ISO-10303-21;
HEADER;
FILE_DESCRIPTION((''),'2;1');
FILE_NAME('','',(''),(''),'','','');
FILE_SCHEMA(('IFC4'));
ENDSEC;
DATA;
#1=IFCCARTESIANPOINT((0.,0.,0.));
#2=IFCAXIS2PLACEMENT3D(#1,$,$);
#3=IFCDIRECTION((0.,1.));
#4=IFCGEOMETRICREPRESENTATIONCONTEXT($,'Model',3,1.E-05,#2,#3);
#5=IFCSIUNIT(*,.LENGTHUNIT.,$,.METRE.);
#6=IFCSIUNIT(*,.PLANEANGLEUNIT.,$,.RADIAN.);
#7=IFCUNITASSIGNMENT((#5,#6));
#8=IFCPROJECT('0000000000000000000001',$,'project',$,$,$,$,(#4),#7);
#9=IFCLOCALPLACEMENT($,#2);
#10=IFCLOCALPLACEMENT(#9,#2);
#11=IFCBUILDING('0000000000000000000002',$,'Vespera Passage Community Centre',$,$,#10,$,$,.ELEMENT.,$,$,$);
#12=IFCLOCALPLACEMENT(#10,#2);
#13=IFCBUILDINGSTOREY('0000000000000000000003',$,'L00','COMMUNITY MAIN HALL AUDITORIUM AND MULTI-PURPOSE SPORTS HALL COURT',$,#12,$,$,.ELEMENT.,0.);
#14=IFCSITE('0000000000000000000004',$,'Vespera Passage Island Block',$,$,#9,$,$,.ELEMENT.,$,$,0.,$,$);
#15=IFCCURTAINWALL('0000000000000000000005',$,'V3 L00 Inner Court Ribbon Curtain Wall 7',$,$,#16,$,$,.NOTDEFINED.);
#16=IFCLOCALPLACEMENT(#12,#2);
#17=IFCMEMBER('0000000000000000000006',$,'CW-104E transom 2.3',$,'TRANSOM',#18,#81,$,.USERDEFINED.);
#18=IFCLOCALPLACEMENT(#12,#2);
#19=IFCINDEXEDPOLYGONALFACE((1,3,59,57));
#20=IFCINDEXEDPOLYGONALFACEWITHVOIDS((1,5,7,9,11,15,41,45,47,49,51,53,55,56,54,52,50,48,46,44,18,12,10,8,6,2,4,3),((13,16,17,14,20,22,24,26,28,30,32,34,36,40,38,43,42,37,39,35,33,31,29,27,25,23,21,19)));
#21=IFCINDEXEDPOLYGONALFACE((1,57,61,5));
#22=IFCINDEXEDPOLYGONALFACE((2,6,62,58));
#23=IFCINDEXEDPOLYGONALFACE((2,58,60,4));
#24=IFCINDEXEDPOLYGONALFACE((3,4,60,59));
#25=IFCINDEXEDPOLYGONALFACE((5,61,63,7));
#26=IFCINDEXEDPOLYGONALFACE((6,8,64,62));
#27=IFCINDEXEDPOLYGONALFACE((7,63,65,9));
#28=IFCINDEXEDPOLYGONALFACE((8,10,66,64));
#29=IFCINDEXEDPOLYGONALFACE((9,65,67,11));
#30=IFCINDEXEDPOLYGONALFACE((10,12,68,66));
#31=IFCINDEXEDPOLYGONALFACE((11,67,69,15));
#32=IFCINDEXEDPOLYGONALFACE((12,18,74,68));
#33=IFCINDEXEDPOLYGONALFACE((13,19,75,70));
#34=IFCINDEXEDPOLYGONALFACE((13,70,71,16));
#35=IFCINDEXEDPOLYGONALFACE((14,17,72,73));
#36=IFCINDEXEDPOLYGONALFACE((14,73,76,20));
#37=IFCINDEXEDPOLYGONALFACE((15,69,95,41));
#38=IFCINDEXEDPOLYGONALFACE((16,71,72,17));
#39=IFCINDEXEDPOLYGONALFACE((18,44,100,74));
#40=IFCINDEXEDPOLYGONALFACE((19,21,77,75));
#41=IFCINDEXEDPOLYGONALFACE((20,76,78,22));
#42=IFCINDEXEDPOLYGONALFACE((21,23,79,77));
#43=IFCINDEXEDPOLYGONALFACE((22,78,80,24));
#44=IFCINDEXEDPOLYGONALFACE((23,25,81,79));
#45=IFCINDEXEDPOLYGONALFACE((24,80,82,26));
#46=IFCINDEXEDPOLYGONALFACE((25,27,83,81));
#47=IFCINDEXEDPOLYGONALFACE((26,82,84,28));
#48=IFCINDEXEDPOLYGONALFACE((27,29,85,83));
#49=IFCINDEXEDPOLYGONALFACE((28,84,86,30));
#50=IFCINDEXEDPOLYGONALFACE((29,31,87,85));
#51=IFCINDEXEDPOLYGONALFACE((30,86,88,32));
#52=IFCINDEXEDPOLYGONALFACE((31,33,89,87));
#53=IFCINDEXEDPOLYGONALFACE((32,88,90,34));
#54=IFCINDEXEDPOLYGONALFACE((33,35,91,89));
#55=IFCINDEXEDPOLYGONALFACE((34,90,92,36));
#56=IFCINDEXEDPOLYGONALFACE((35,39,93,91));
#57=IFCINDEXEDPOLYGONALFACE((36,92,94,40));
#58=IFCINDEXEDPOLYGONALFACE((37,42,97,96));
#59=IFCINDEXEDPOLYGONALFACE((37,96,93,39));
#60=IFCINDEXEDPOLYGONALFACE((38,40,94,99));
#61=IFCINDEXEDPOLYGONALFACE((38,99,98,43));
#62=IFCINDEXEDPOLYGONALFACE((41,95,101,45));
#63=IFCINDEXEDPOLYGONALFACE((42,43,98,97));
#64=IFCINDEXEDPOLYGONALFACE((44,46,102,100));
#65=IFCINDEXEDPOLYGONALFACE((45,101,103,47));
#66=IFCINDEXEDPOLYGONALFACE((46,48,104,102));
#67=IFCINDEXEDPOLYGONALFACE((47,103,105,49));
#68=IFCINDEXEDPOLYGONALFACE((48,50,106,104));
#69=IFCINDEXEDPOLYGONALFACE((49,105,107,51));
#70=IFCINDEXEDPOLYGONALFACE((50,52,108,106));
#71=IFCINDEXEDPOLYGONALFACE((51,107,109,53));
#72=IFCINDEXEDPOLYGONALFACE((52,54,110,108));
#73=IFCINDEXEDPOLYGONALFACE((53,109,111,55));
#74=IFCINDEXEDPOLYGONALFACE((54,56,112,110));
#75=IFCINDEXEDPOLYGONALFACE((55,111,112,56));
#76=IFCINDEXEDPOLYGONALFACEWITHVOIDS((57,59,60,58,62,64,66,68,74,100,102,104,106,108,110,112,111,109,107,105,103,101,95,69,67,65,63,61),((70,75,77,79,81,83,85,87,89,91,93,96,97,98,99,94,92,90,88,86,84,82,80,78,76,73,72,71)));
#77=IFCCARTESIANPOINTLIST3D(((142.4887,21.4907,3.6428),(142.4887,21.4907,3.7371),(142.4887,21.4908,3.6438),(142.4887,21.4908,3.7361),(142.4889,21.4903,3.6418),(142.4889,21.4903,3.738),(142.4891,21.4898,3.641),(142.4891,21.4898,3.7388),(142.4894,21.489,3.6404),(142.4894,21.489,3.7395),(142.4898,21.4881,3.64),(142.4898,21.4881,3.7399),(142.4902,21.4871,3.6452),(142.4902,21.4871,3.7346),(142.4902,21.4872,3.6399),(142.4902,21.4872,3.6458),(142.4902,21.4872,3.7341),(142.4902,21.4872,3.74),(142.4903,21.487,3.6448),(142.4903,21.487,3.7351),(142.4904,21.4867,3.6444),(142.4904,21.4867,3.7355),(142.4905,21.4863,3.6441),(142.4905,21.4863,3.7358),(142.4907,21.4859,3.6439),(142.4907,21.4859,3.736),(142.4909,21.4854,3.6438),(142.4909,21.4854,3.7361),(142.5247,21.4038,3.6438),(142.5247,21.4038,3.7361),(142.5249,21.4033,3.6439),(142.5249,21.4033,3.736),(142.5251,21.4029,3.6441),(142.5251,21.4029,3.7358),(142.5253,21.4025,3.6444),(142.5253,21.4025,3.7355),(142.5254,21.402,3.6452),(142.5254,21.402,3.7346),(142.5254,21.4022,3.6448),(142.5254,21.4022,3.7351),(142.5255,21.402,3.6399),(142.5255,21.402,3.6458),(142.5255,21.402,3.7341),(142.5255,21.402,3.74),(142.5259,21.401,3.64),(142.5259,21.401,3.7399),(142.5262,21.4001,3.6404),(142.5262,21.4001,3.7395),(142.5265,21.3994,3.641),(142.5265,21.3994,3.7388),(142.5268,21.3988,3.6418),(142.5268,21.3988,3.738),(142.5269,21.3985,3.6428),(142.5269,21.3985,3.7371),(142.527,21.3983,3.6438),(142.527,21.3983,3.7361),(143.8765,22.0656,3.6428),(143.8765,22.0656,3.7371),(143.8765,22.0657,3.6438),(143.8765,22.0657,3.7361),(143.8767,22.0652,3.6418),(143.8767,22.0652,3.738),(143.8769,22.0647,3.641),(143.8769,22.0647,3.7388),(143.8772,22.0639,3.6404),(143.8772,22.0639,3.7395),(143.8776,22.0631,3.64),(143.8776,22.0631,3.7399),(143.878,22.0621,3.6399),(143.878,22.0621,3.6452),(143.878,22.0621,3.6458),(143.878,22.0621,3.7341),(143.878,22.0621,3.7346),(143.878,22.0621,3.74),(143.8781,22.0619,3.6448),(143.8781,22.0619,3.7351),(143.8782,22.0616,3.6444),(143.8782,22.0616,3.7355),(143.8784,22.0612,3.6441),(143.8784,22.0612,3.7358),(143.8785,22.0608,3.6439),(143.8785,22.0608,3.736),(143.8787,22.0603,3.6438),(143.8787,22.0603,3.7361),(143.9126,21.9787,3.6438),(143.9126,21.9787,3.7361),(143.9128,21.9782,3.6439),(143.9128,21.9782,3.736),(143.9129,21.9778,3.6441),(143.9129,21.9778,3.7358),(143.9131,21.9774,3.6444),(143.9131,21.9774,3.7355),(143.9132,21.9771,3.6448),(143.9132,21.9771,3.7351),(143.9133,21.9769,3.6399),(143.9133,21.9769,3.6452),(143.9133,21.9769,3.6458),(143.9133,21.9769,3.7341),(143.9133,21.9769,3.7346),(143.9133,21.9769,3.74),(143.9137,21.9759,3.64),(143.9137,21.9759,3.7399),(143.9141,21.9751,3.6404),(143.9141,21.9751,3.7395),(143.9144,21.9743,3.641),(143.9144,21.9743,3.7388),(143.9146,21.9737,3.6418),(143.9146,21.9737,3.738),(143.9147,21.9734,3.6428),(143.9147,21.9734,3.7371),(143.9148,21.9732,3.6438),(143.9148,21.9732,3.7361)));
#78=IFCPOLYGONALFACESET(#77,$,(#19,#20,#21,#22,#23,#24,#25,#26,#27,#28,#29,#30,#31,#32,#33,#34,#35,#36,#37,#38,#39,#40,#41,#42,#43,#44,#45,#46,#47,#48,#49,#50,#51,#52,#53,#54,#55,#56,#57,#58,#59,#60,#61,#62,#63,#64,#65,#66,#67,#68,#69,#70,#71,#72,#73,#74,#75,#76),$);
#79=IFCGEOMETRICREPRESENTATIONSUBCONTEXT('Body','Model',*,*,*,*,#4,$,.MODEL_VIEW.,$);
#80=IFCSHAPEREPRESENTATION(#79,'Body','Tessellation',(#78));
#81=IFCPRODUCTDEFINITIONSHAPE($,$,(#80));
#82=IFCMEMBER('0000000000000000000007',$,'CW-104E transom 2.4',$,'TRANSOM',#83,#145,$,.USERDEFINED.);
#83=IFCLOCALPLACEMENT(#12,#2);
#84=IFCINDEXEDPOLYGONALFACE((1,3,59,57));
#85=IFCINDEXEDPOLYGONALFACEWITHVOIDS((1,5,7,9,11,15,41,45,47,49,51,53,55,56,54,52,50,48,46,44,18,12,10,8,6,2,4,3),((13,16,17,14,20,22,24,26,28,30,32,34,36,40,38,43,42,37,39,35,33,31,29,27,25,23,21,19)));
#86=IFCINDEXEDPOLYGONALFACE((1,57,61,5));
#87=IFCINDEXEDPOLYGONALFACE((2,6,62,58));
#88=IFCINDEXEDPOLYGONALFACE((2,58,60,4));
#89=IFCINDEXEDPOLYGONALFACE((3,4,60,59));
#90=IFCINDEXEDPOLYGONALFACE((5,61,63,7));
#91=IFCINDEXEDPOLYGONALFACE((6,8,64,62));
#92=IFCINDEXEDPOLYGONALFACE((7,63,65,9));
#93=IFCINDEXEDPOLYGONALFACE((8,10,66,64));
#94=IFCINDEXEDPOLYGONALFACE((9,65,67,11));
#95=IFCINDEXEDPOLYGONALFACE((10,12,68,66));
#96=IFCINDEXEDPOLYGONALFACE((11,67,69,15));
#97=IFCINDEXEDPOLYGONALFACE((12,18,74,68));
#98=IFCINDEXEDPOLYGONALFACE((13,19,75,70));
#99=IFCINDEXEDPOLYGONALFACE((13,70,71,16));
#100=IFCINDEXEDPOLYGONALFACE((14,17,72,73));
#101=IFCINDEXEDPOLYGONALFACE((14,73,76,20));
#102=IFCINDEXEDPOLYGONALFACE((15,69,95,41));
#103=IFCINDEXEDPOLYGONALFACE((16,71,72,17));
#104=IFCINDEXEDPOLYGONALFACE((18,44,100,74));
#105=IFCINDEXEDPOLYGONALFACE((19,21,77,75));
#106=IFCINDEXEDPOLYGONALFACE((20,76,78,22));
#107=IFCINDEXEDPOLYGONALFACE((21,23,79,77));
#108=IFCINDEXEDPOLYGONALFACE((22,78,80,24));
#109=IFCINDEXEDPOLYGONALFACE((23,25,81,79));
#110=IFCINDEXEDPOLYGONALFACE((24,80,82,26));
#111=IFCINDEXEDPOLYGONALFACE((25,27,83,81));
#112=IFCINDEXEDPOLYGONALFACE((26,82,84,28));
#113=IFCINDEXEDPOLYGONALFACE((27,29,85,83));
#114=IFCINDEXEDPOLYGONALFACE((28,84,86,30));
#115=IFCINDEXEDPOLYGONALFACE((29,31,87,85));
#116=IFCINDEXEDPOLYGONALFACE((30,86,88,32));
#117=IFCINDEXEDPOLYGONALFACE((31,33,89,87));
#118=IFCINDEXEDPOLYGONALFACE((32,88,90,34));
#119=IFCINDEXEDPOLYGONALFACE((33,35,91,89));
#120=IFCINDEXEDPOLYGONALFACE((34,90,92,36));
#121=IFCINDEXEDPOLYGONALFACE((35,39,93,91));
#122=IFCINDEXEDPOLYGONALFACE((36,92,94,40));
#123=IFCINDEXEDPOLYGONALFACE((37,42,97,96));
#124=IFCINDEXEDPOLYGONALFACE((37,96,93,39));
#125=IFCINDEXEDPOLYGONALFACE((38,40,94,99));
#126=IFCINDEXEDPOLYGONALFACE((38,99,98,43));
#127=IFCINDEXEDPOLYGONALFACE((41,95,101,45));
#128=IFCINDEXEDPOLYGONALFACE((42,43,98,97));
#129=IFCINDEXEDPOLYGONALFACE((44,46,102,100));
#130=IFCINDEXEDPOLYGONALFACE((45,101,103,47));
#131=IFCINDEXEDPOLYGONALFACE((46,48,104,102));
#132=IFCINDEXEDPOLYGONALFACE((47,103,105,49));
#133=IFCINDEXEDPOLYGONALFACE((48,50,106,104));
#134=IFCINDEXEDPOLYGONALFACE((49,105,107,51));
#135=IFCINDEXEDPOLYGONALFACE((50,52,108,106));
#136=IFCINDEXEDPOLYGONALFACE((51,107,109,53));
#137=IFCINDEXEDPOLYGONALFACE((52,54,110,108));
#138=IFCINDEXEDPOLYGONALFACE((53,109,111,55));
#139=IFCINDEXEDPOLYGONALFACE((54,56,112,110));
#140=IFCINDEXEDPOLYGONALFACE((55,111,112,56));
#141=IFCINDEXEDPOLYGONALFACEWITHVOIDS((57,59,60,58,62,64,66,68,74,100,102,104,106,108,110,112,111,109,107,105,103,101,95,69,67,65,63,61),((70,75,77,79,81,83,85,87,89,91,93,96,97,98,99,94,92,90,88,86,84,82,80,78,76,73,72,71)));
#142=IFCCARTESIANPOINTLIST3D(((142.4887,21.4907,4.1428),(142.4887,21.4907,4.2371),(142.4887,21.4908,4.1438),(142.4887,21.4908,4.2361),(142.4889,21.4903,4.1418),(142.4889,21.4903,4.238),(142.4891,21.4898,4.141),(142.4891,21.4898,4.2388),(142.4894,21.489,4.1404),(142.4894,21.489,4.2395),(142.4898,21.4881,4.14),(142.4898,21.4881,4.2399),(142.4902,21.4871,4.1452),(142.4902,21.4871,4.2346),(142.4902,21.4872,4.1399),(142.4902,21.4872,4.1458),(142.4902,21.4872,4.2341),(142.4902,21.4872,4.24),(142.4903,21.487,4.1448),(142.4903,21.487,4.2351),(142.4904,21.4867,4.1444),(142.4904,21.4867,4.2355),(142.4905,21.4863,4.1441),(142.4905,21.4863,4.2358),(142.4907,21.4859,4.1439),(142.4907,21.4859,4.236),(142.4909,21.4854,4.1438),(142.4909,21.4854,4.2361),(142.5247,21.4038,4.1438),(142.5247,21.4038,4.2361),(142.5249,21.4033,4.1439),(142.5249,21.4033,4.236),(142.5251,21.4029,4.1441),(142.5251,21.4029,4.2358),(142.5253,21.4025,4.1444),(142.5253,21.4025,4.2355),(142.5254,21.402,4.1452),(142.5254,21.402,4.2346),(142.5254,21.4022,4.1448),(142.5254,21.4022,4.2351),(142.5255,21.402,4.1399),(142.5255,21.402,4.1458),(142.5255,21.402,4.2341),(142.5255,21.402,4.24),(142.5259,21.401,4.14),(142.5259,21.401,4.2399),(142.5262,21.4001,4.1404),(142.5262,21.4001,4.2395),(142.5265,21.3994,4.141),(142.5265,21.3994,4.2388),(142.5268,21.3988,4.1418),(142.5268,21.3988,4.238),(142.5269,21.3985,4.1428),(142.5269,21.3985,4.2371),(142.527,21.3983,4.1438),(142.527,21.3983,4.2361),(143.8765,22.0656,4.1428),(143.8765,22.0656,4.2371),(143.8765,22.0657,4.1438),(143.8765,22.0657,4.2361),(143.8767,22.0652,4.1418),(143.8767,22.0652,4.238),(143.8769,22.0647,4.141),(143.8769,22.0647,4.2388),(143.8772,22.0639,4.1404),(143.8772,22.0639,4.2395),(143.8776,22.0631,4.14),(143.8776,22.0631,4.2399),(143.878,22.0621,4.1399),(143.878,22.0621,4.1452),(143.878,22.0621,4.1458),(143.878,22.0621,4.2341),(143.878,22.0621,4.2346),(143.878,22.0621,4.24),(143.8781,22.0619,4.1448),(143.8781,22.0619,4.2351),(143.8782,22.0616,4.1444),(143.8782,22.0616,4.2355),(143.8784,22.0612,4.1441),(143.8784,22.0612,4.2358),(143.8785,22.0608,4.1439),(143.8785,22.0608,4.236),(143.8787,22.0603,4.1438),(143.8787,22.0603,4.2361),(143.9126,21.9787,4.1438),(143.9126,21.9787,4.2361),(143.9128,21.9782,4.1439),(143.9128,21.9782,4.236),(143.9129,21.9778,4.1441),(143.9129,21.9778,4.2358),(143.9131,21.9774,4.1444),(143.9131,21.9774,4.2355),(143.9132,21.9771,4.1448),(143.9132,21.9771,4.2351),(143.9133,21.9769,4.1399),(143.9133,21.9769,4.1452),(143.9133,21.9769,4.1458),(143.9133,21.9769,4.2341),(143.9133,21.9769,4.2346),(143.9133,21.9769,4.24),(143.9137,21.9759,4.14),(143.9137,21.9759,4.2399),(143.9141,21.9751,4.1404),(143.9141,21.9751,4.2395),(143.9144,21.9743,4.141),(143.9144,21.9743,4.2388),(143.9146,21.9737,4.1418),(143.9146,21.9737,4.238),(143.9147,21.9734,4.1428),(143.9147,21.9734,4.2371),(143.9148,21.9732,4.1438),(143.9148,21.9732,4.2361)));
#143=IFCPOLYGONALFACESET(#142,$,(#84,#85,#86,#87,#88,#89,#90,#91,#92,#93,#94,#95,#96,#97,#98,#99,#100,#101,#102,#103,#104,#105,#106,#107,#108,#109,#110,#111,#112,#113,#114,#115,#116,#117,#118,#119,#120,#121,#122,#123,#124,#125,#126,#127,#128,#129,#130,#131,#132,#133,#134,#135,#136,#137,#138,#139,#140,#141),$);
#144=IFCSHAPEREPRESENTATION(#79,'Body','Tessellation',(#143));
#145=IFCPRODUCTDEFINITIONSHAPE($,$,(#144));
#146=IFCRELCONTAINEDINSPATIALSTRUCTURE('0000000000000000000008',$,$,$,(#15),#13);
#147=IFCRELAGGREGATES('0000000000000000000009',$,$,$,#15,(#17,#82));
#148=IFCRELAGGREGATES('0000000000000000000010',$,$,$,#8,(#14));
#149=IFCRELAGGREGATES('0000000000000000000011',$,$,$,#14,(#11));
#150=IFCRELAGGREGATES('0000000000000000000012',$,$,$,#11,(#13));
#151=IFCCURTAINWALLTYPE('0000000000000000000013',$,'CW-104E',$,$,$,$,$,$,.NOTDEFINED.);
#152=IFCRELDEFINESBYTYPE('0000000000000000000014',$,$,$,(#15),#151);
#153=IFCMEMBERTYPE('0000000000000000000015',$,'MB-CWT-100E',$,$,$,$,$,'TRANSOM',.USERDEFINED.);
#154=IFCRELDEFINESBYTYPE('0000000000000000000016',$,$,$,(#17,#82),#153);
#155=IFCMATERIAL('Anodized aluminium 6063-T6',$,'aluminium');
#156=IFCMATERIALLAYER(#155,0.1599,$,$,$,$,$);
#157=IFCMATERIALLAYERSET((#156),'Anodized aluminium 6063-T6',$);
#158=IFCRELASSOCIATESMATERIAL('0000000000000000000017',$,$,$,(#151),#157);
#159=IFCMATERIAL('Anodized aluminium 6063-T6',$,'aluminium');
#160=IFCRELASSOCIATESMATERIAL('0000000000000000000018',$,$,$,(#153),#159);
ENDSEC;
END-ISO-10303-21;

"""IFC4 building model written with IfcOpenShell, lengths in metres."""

from ifc_helpers import new_model, si_unit, direction, frame, origin, origin_2d, place, context, subcontext, project, spatial, hollow_rectangle, extrude, material, layer, layer_set, material_profile, profile_set, type_object, element, aggregate, save


model = new_model("IFC4")

# Units and contexts
model_context = context("Model", 3, precision=1e-05, world=origin(), true_north=direction((0.0, 1.0)))
body_context = subcontext(model_context, "Body", "Model", "MODEL_VIEW")
ifc_project = project(units=[si_unit("LENGTHUNIT", "METRE"), si_unit("PLANEANGLEUNIT", "RADIAN")], contexts=[model_context])

# Site, building, storey
site_placement = place(None, origin())
site = spatial("IfcSite", under=ifc_project, at=site_placement, Name="Vespera Passage Island Block", CompositionType="ELEMENT", RefElevation=0.0)
building_placement = place(site_placement, origin())
building = spatial("IfcBuilding", under=site, at=building_placement, Name="Vespera Passage Community Centre", CompositionType="ELEMENT")
storey_placement = place(building_placement, origin())
storey = spatial("IfcBuildingStorey", under=building, at=storey_placement, Name="L00", Description="COMMUNITY MAIN HALL AUDITORIUM AND MULTI-PURPOSE SPORTS HALL COURT", CompositionType="ELEMENT", Elevation=0.0)

# Curtain wall
ifc_material_1 = material(Name="Anodized aluminium 6063-T6", Category="aluminium")
ifc_layer_1 = layer(ifc_material_1, 0.1599)
ifc_layer_set_1 = layer_set([ifc_layer_1], Name="Anodized aluminium 6063-T6")
curtain_wall_type = type_object("IfcCurtainWallType", Name="CW-104E", PredefinedType="NOTDEFINED", material=ifc_layer_set_1)
curtain_wall_1_placement = place(storey_placement, origin())
curtain_wall_1 = element("IfcCurtainWall", 1, at=curtain_wall_1_placement, inside=storey, type_object=curtain_wall_type, Name="V3 L00 Inner Court Ribbon Curtain Wall 7", PredefinedType="NOTDEFINED")

# Members
ifc_material_2 = material(Name="Anodized aluminium 6063-T6", Category="aluminium")
ifc_material_profile_1 = material_profile(ifc_material_2, hollow_rectangle(XDim=0.1001, YDim=0.1001, WallThickness=0.0039, InnerFilletRadius=0.002, OuterFilletRadius=0.0039, at=origin_2d()), Name="ALU100X100X4")
ifc_profile_set_1 = profile_set([ifc_material_profile_1], Name="Anodized aluminium 6063-T6")
member_type_1 = type_object("IfcMemberType", Name="MB-CWT-100E", ElementType="TRANSOM", PredefinedType="USERDEFINED", material=ifc_profile_set_1)
member_1_placement = place(storey_placement, frame((142.5078, 21.4446, 3.6899), z_axis=(0.923868, 0.382711, 0.0), x_axis=(-0.382711, 0.923868, 0.0)))
member_1 = element("IfcMember", 2, at=member_1_placement, type_object=member_type_1, Name="CW-104E transom 2.3", ObjectType="TRANSOM", PredefinedType="USERDEFINED", context=body_context, shape_type="SweptSolid", body=[
    extrude(hollow_rectangle(XDim=0.1001, YDim=0.1001, WallThickness=0.0039, InnerFilletRadius=0.002, OuterFilletRadius=0.0039, at=origin_2d()), origin(), (0.0, 0.0, 1.0), 1.5022),
])
member_2_placement = place(storey_placement, frame((142.5078, 21.4446, 4.1899), z_axis=(0.923868, 0.382711, 0.0), x_axis=(-0.382711, 0.923868, 0.0)))
member_2 = element("IfcMember", 3, at=member_2_placement, type_object=member_type_1, Name="CW-104E transom 2.4", ObjectType="TRANSOM", PredefinedType="USERDEFINED", context=body_context, shape_type="SweptSolid", body=[
    extrude(hollow_rectangle(XDim=0.1001, YDim=0.1001, WallThickness=0.0039, InnerFilletRadius=0.002, OuterFilletRadius=0.0039, at=origin_2d()), origin(), (0.0, 0.0, 1.0), 1.5022),
])

aggregate(curtain_wall_1, [member_1, member_2])

save(model, "model.ifc")
